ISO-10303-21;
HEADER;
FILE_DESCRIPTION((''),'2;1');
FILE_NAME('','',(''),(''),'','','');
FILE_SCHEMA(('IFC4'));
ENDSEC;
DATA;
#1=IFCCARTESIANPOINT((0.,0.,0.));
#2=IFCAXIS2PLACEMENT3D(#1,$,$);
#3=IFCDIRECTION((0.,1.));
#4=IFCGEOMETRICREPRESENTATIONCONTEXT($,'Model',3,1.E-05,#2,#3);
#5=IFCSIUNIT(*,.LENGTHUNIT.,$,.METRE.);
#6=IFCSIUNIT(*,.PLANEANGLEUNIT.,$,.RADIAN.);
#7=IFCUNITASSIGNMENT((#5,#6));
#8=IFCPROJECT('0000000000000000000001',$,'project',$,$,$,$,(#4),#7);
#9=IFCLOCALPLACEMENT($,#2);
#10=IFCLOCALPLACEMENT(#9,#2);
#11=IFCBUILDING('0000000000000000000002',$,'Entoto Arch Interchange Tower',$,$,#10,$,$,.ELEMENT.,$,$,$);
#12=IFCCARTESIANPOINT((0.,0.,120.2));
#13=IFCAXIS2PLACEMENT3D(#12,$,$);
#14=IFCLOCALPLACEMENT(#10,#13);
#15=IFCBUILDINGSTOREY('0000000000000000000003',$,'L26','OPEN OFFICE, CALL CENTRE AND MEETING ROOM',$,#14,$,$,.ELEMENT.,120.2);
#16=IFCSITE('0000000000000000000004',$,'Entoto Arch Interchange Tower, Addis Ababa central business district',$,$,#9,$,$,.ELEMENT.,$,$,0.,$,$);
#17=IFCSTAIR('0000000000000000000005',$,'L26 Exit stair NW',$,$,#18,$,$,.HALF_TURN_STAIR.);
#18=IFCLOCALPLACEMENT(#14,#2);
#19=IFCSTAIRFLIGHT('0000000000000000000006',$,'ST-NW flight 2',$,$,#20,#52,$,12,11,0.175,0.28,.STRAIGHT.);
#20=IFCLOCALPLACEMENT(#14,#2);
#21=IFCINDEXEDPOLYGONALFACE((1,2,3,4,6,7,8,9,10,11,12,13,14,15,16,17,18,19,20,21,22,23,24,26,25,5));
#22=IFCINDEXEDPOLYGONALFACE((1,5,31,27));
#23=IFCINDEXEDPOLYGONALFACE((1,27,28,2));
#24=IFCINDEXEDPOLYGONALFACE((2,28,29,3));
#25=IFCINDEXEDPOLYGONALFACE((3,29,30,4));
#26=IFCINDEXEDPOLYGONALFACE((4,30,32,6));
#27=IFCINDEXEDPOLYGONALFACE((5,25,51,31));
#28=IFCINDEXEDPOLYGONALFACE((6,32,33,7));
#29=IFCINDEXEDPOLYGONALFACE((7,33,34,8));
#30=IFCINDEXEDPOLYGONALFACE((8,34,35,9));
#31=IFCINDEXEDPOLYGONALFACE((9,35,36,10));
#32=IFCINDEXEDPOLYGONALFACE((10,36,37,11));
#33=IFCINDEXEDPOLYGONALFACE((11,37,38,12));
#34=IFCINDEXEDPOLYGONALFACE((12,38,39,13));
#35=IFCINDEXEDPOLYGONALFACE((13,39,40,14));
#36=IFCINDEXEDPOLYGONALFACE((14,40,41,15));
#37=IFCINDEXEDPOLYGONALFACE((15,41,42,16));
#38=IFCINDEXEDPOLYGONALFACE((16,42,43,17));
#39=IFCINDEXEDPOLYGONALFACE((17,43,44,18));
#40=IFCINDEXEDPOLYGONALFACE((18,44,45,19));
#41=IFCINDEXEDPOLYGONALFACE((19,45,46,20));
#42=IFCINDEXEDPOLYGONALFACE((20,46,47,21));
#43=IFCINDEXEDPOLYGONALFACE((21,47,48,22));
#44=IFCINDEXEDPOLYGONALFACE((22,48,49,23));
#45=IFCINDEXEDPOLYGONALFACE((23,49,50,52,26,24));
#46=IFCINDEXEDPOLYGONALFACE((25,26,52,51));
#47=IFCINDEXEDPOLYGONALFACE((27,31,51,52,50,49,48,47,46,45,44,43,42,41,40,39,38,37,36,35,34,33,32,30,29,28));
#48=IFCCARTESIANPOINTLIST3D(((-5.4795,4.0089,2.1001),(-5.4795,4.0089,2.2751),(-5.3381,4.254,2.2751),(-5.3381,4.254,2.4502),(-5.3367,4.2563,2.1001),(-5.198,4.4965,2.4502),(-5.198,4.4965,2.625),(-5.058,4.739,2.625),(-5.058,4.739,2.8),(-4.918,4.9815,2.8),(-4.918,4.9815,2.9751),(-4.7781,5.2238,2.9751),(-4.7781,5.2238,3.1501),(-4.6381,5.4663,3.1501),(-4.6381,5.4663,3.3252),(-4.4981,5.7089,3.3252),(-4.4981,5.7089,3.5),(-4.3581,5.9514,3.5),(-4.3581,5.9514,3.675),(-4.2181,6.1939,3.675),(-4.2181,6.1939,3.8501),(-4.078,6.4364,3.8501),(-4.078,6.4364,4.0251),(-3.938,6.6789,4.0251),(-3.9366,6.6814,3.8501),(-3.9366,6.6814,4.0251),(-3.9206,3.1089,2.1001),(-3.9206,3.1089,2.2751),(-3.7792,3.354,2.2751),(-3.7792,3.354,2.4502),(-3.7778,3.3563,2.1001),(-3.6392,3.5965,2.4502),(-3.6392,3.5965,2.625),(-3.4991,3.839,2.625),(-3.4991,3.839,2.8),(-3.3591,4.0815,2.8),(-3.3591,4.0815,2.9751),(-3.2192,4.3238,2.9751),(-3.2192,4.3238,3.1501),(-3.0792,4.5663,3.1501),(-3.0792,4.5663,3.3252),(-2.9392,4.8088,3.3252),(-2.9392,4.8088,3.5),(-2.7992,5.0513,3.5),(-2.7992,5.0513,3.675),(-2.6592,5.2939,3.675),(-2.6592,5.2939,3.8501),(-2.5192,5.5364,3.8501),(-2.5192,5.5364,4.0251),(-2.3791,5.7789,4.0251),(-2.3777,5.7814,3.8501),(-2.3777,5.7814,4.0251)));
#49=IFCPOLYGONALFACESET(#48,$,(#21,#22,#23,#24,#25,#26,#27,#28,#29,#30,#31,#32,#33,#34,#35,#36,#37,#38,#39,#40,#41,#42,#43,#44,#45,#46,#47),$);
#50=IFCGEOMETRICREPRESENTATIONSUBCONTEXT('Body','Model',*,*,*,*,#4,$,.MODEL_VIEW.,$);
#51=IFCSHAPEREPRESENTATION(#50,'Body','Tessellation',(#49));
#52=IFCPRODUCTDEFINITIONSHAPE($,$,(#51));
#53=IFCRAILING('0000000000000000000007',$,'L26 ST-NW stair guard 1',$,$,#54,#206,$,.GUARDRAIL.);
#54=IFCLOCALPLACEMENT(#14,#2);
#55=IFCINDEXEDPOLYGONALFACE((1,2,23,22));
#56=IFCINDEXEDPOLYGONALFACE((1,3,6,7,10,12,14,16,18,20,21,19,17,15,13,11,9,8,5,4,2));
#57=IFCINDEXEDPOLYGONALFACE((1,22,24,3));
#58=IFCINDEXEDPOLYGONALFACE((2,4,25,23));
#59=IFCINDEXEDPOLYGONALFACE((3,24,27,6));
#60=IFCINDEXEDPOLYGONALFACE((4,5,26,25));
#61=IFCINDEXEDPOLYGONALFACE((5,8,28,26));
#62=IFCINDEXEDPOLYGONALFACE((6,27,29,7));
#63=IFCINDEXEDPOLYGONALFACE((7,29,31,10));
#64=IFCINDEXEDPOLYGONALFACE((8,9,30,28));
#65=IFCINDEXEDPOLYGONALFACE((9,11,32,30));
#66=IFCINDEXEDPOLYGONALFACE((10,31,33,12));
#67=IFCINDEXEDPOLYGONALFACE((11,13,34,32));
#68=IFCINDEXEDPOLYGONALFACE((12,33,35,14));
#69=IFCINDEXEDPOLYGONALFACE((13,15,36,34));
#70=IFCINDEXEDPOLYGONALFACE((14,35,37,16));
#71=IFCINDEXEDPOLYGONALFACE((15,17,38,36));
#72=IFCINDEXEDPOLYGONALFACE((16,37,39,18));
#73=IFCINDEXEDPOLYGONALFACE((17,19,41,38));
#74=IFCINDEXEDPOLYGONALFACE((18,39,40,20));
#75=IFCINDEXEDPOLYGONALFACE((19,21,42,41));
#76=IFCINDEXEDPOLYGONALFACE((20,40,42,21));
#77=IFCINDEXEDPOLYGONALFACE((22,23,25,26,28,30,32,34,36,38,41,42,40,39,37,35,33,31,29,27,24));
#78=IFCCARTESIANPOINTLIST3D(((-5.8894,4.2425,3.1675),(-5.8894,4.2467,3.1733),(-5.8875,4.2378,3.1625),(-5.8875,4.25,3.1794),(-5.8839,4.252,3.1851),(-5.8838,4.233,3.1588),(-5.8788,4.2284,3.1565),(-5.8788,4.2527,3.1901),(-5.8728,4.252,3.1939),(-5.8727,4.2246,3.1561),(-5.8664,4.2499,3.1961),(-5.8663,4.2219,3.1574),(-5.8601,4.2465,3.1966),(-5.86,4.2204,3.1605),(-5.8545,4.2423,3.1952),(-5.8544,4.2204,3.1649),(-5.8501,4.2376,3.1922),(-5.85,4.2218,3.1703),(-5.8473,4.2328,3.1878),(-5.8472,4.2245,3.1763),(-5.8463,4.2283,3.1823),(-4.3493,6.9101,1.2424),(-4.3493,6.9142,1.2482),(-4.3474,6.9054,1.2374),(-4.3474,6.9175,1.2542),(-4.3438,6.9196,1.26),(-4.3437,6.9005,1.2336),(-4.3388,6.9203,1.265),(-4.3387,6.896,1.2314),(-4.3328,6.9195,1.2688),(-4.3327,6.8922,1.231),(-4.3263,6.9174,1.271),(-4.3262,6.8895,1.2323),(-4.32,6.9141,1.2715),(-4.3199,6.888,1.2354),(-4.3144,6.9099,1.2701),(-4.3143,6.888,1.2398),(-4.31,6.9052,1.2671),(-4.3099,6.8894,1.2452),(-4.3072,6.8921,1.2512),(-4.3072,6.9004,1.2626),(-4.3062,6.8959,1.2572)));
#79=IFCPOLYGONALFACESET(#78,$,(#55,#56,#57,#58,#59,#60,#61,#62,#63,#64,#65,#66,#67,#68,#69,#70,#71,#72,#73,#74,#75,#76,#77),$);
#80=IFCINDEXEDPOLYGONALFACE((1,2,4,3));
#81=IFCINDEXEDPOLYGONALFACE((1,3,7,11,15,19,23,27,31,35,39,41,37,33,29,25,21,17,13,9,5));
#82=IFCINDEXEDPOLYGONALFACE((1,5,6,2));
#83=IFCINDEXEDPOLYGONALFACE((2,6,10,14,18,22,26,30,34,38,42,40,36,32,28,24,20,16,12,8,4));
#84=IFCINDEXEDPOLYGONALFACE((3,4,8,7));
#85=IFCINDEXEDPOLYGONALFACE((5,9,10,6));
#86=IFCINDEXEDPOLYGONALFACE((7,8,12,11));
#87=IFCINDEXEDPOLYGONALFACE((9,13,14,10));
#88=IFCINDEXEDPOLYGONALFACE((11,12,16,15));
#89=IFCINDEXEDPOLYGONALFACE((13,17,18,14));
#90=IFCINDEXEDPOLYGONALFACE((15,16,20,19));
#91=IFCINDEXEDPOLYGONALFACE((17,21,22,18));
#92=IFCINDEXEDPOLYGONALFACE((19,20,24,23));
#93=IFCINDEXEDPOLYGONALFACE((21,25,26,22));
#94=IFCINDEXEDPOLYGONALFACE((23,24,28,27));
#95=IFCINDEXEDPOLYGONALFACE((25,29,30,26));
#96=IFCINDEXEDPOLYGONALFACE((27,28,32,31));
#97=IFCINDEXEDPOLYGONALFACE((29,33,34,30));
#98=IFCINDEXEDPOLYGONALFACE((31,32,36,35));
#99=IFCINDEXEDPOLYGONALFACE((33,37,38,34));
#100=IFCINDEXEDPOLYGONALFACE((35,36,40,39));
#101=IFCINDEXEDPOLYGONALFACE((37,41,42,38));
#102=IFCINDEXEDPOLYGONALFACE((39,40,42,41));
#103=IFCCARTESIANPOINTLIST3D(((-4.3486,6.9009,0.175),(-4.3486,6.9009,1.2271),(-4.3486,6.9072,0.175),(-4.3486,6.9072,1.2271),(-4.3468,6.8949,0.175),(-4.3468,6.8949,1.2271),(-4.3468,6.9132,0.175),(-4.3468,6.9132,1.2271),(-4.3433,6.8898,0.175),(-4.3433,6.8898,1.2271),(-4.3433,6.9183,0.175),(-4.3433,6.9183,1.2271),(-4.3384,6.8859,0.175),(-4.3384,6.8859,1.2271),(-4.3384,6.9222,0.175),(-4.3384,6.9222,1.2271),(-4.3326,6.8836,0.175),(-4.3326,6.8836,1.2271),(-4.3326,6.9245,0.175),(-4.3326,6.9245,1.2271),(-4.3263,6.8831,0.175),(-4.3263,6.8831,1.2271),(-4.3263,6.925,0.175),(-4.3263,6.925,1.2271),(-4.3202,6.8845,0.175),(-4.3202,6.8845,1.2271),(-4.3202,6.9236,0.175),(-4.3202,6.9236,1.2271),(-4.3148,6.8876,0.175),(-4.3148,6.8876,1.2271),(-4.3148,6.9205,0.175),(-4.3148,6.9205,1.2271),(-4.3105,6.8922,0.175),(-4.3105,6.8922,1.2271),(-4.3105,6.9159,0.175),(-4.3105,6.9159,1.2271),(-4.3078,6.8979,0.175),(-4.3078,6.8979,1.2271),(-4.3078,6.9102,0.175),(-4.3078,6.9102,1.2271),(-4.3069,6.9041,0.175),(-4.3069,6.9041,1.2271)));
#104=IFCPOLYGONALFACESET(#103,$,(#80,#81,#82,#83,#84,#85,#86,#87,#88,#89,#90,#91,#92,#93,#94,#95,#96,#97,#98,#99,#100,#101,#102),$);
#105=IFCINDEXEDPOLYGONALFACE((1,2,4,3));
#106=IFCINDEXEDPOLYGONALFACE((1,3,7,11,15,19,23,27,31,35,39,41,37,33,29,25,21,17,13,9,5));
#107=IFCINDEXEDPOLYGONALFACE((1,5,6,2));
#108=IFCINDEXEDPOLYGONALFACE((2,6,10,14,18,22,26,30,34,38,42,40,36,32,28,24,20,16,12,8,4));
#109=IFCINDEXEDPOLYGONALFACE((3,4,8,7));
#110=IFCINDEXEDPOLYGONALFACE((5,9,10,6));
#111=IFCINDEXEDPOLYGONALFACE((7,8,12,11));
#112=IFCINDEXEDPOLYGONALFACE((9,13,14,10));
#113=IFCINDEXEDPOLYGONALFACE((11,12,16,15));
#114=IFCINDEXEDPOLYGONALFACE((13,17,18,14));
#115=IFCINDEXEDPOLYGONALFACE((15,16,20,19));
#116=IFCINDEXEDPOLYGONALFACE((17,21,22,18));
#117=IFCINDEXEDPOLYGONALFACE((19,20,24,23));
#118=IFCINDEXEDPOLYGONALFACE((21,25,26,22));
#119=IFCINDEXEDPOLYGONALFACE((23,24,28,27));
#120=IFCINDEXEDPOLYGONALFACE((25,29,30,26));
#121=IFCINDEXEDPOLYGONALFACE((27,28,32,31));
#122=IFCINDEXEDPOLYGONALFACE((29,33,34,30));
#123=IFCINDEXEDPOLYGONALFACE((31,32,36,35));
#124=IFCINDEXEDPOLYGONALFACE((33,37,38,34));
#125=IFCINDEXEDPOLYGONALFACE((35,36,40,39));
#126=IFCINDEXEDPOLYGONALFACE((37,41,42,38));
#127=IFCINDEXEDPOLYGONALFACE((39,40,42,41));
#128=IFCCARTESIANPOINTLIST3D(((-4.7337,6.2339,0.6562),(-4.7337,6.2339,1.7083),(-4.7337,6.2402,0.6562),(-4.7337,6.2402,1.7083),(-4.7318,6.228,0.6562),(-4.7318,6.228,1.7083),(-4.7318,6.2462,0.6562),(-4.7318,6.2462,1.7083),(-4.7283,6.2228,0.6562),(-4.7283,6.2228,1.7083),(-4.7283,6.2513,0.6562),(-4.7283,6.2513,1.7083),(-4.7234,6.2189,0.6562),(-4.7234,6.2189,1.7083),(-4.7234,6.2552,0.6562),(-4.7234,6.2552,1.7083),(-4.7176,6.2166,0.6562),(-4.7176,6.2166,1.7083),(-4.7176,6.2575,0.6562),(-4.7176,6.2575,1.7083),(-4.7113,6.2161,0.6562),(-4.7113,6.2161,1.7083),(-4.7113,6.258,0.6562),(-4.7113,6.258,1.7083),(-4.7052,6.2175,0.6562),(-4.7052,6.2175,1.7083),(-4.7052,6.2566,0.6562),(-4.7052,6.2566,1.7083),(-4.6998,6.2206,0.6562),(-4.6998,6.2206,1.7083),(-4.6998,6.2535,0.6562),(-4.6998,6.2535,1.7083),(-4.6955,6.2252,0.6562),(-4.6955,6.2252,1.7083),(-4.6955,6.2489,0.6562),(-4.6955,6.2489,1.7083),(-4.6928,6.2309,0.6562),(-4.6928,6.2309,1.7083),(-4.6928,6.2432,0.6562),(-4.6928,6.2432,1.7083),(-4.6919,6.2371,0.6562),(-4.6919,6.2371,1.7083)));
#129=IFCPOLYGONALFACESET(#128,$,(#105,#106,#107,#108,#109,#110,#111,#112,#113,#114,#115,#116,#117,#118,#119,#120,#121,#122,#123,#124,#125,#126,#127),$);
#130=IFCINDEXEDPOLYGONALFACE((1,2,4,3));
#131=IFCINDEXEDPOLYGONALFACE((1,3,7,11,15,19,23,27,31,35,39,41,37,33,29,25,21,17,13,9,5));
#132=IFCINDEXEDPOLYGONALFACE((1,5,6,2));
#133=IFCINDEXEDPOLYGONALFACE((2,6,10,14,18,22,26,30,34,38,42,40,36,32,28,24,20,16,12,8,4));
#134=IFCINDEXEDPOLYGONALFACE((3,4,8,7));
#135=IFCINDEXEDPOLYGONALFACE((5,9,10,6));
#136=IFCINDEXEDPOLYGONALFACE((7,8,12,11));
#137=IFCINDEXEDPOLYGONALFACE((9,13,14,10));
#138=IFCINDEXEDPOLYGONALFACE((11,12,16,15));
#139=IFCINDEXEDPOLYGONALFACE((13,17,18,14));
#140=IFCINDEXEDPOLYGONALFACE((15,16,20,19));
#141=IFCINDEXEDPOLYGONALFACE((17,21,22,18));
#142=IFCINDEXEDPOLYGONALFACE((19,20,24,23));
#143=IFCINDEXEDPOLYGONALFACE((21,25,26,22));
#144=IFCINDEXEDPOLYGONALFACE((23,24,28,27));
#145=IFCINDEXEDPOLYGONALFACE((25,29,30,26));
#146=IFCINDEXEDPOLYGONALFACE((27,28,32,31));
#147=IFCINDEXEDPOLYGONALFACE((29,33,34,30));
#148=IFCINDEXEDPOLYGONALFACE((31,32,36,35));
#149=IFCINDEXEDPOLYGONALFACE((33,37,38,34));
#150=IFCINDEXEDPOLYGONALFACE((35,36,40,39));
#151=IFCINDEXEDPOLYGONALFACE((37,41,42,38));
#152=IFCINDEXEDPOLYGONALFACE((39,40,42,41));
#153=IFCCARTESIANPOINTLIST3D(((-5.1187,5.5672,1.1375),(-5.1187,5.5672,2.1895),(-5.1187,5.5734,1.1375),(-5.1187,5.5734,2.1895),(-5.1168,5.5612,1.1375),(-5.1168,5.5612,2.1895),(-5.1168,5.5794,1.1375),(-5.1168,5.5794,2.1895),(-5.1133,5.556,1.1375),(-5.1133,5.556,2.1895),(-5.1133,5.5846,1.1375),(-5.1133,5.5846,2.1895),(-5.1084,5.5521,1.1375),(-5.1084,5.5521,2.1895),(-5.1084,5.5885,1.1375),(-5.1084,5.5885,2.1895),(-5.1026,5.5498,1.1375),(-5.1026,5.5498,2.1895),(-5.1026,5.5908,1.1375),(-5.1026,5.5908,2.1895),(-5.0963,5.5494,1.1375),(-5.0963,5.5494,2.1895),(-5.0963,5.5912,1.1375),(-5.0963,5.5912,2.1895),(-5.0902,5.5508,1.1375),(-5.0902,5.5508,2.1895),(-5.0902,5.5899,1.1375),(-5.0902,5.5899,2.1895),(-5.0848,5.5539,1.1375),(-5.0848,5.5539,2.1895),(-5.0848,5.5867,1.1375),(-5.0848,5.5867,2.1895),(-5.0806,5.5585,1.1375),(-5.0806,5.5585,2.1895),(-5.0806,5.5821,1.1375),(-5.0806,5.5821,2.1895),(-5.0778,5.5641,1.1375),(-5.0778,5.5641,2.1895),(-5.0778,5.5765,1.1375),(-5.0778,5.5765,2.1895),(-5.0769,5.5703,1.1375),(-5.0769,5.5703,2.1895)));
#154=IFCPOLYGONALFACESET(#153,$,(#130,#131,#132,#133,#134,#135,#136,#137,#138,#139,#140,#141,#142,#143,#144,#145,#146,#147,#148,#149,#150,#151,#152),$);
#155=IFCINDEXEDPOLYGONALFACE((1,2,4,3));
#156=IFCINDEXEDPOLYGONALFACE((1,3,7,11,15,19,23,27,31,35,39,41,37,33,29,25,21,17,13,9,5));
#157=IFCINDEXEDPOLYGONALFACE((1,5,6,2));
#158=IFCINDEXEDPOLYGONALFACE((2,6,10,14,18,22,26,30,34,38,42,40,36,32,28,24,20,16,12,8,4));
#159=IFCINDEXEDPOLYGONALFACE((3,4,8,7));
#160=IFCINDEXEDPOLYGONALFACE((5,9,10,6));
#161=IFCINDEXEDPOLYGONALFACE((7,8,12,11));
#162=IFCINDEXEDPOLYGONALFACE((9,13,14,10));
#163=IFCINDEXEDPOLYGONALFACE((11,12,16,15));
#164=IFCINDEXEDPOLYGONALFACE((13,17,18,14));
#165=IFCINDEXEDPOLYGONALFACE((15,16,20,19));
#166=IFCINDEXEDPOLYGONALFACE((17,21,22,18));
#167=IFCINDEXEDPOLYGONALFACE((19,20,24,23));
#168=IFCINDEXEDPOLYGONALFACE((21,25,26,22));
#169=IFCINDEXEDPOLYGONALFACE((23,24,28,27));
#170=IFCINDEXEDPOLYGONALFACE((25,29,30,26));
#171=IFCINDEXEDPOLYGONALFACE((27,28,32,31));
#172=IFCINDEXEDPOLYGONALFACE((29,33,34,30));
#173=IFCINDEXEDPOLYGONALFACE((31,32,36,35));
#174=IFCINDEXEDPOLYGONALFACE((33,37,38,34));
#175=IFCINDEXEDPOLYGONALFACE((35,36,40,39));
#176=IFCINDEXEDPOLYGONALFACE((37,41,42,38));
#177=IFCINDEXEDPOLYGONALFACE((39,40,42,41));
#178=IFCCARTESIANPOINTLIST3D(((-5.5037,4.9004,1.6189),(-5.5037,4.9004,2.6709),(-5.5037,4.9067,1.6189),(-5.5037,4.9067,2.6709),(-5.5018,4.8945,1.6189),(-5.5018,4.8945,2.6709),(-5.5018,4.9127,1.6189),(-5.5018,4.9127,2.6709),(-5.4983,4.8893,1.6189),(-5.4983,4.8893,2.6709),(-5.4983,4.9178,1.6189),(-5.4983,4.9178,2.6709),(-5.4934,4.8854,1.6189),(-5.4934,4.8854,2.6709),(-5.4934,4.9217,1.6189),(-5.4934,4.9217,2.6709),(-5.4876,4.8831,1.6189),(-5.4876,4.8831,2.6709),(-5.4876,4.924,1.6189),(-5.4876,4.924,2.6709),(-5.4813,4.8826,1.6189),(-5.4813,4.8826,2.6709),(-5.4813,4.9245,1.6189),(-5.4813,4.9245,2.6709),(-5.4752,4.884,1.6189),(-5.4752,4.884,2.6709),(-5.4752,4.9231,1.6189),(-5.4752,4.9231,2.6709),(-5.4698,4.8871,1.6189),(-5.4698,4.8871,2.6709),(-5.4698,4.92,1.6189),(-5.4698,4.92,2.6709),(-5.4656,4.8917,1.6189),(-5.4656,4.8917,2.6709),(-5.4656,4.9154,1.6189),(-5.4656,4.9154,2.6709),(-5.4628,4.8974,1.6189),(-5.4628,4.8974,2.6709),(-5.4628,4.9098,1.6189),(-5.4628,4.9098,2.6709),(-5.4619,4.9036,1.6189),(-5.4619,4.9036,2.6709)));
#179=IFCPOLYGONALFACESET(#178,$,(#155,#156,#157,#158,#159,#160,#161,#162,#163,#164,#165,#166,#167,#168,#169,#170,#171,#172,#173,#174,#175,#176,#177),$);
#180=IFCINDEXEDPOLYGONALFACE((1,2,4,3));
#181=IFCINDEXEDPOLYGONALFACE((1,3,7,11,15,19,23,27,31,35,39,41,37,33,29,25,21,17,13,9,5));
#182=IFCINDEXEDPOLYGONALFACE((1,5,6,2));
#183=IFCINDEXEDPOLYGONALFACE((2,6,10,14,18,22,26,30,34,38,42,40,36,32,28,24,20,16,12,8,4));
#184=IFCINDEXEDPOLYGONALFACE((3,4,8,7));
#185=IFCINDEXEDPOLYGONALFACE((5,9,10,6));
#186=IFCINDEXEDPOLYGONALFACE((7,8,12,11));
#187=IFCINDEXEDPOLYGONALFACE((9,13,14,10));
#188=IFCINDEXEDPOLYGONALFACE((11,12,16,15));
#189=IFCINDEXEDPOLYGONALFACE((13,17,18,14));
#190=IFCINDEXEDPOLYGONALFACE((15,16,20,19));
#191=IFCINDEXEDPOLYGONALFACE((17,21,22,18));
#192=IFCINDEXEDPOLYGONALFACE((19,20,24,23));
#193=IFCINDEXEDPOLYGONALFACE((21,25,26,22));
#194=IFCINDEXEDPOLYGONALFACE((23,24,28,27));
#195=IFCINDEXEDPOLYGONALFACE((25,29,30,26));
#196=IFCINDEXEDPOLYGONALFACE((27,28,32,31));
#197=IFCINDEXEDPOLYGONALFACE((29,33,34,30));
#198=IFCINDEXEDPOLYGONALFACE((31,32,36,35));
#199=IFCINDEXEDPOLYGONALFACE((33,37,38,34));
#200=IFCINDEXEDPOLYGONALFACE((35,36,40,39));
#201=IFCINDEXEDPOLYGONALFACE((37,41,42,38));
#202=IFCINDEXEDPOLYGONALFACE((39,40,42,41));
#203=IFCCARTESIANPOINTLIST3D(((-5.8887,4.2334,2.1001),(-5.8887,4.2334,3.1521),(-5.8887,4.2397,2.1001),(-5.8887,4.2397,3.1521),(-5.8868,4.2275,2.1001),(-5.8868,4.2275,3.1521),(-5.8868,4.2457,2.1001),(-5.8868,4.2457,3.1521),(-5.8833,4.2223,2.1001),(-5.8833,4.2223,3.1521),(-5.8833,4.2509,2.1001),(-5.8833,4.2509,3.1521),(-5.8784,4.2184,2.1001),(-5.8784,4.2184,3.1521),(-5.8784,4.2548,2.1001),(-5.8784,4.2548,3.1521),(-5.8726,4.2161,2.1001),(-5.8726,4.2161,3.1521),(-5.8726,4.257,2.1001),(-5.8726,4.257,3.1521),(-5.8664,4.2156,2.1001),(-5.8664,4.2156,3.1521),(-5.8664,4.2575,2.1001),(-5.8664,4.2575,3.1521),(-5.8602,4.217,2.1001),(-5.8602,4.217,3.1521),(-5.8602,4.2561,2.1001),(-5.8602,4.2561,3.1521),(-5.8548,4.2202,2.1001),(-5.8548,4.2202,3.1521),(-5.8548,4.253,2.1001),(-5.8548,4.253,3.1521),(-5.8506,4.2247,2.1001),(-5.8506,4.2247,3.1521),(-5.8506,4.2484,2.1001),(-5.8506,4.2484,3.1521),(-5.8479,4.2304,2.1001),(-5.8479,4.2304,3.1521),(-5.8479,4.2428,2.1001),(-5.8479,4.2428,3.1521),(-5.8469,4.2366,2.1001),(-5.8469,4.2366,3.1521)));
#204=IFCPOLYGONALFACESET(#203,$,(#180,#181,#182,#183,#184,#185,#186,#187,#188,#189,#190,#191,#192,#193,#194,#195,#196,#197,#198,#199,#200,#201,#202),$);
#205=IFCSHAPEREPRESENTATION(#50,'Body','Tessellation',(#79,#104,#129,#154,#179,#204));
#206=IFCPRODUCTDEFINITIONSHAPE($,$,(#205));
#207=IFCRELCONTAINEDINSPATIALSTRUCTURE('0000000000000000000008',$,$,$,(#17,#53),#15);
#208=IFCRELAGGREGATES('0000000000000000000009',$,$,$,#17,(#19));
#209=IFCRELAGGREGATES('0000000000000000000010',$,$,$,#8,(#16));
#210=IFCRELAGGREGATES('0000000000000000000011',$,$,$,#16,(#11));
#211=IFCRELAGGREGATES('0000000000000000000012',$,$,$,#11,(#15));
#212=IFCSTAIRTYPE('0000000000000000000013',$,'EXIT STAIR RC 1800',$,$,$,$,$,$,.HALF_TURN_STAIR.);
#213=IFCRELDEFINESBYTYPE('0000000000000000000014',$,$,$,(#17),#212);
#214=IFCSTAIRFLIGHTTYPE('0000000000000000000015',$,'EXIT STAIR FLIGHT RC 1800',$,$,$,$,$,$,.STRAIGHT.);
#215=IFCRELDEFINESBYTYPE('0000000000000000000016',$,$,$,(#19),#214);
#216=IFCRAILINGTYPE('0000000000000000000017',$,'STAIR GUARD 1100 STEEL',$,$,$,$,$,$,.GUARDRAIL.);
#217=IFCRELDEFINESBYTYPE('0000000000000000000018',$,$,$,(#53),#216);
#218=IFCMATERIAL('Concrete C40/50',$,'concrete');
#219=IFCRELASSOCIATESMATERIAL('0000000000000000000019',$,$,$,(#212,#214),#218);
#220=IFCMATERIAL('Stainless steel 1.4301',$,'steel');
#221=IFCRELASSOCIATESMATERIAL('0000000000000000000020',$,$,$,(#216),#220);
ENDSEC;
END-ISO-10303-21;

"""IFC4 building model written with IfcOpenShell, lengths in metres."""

from ifc_helpers import new_model, si_unit, direction, frame, origin, origin_2d, place, context, subcontext, project, spatial, polyline, circle, outline, extrude, material, type_object, element, aggregate, save


model = new_model("IFC4")

# Units and contexts
model_context = context("Model", 3, precision=1e-05, world=origin(), true_north=direction((0.0, 1.0)))
body_context = subcontext(model_context, "Body", "Model", "MODEL_VIEW")
ifc_project = project(units=[si_unit("LENGTHUNIT", "METRE"), si_unit("PLANEANGLEUNIT", "RADIAN")], contexts=[model_context])

# Site, building, storey
site_placement = place(None, origin())
site = spatial("IfcSite", under=ifc_project, at=site_placement, Name="Entoto Arch Interchange Tower, Addis Ababa central business district", CompositionType="ELEMENT", RefElevation=0.0)
building_placement = place(site_placement, origin())
building = spatial("IfcBuilding", under=site, at=building_placement, Name="Entoto Arch Interchange Tower", CompositionType="ELEMENT")
storey_placement = place(building_placement, frame((0.0, 0.0, 120.2)))
storey = spatial("IfcBuildingStorey", under=building, at=storey_placement, Name="L26", Description="OPEN OFFICE, CALL CENTRE AND MEETING ROOM", CompositionType="ELEMENT", Elevation=120.2)

# Shared definitions
ifc_material_1 = material(Name="Concrete C40/50", Category="concrete")

# Stair, stair flight
stair_type = type_object("IfcStairType", Name="EXIT STAIR RC 1800", PredefinedType="HALF_TURN_STAIR", material=ifc_material_1)
stair_placement = place(storey_placement, origin())
stair = element("IfcStair", 1, at=stair_placement, inside=storey, type_object=stair_type, Name="L26 Exit stair NW", PredefinedType="HALF_TURN_STAIR")
stair_flight_type = type_object("IfcStairFlightType", Name="EXIT STAIR FLIGHT RC 1800", PredefinedType="STRAIGHT", material=ifc_material_1)
stair_flight_1_placement = place(storey_placement, frame((-4.6987, 3.5615, 2.1001), z_axis=(0.0, 0.0, 1.0), x_axis=(0.5, 0.866025, 0.0)))
stair_flight_1 = element("IfcStairFlight", 2, at=stair_flight_1_placement, type_object=stair_flight_type, Name="ST-NW flight 2", NumberOfRisers=12, NumberOfTreads=11, PredefinedType="STRAIGHT", RiserHeight=0.175, TreadLength=0.28, context=body_context, shape_type="SweptSolid", body=[
    extrude(outline(polyline([(-0.0029, 0.0), (-0.0029, 0.175), (0.28, 0.175), (0.28, 0.3501), (0.5601, 0.3501), (0.5601, 0.5249), (0.8401, 0.5249), (0.8401, 0.7), (1.1201, 0.7), (1.1201, 0.875), (1.3999, 0.875), (1.3999, 1.05), (1.6799, 1.05), (1.6799, 1.2251), (1.96, 1.2251), (1.96, 1.3999), (2.24, 1.3999), (2.24, 1.575), (2.52, 1.575), (2.52, 1.75), (2.8, 1.75), (2.8, 1.925), (3.0801, 1.925), (3.083, 1.925), (3.083, 1.75), (0.2827, 0.0), (-0.0029, 0.0)])), frame((0.0, 0.8999, 0.0), z_axis=(0.0, -1.0, 0.0), x_axis=(1.0, 0.0, 0.0)), (0.0, 0.0, 1.0), 1.8),
])
aggregate(stair, [stair_flight_1])

# Railing
ifc_material_2 = material(Name="Stainless steel 1.4301", Category="steel")
railing_type_1 = type_object("IfcRailingType", Name="STAIR GUARD 1100 STEEL", PredefinedType="GUARDRAIL", material=ifc_material_2)
railing_1_placement = place(storey_placement, frame((-4.3279, 6.9041, 0.175)))
element("IfcRailing", 3, at=railing_1_placement, inside=storey, type_object=railing_type_1, Name="L26 ST-NW stair guard 1", PredefinedType="GUARDRAIL", context=body_context, shape_type="SweptSolid", body=[
    extrude(circle(Radius=0.0239, at=origin_2d()), frame((0.0, 0.0, 1.0762), z_axis=(-0.423994, -0.734395, 0.529993), x_axis=(0.86603, -0.499992, 0.0)), (0.0, 0.0, 1.0), 3.6323),
    extrude(circle(Radius=0.021, at=origin_2d()), origin(), (0.0, 0.0, 1.0), 1.052),
    extrude(circle(Radius=0.021, at=origin_2d()), frame((-0.385, -0.667, 0.4812)), (0.0, 0.0, 1.0), 1.052),
    extrude(circle(Radius=0.021, at=origin_2d()), frame((-0.77, -1.3337, 0.9624)), (0.0, 0.0, 1.0), 1.052),
    extrude(circle(Radius=0.021, at=origin_2d()), frame((-1.155, -2.0005, 1.4438)), (0.0, 0.0, 1.0), 1.052),
    extrude(circle(Radius=0.021, at=origin_2d()), frame((-1.54, -2.6675, 1.925)), (0.0, 0.0, 1.0), 1.052),
])

save(model, "model.ifc")
